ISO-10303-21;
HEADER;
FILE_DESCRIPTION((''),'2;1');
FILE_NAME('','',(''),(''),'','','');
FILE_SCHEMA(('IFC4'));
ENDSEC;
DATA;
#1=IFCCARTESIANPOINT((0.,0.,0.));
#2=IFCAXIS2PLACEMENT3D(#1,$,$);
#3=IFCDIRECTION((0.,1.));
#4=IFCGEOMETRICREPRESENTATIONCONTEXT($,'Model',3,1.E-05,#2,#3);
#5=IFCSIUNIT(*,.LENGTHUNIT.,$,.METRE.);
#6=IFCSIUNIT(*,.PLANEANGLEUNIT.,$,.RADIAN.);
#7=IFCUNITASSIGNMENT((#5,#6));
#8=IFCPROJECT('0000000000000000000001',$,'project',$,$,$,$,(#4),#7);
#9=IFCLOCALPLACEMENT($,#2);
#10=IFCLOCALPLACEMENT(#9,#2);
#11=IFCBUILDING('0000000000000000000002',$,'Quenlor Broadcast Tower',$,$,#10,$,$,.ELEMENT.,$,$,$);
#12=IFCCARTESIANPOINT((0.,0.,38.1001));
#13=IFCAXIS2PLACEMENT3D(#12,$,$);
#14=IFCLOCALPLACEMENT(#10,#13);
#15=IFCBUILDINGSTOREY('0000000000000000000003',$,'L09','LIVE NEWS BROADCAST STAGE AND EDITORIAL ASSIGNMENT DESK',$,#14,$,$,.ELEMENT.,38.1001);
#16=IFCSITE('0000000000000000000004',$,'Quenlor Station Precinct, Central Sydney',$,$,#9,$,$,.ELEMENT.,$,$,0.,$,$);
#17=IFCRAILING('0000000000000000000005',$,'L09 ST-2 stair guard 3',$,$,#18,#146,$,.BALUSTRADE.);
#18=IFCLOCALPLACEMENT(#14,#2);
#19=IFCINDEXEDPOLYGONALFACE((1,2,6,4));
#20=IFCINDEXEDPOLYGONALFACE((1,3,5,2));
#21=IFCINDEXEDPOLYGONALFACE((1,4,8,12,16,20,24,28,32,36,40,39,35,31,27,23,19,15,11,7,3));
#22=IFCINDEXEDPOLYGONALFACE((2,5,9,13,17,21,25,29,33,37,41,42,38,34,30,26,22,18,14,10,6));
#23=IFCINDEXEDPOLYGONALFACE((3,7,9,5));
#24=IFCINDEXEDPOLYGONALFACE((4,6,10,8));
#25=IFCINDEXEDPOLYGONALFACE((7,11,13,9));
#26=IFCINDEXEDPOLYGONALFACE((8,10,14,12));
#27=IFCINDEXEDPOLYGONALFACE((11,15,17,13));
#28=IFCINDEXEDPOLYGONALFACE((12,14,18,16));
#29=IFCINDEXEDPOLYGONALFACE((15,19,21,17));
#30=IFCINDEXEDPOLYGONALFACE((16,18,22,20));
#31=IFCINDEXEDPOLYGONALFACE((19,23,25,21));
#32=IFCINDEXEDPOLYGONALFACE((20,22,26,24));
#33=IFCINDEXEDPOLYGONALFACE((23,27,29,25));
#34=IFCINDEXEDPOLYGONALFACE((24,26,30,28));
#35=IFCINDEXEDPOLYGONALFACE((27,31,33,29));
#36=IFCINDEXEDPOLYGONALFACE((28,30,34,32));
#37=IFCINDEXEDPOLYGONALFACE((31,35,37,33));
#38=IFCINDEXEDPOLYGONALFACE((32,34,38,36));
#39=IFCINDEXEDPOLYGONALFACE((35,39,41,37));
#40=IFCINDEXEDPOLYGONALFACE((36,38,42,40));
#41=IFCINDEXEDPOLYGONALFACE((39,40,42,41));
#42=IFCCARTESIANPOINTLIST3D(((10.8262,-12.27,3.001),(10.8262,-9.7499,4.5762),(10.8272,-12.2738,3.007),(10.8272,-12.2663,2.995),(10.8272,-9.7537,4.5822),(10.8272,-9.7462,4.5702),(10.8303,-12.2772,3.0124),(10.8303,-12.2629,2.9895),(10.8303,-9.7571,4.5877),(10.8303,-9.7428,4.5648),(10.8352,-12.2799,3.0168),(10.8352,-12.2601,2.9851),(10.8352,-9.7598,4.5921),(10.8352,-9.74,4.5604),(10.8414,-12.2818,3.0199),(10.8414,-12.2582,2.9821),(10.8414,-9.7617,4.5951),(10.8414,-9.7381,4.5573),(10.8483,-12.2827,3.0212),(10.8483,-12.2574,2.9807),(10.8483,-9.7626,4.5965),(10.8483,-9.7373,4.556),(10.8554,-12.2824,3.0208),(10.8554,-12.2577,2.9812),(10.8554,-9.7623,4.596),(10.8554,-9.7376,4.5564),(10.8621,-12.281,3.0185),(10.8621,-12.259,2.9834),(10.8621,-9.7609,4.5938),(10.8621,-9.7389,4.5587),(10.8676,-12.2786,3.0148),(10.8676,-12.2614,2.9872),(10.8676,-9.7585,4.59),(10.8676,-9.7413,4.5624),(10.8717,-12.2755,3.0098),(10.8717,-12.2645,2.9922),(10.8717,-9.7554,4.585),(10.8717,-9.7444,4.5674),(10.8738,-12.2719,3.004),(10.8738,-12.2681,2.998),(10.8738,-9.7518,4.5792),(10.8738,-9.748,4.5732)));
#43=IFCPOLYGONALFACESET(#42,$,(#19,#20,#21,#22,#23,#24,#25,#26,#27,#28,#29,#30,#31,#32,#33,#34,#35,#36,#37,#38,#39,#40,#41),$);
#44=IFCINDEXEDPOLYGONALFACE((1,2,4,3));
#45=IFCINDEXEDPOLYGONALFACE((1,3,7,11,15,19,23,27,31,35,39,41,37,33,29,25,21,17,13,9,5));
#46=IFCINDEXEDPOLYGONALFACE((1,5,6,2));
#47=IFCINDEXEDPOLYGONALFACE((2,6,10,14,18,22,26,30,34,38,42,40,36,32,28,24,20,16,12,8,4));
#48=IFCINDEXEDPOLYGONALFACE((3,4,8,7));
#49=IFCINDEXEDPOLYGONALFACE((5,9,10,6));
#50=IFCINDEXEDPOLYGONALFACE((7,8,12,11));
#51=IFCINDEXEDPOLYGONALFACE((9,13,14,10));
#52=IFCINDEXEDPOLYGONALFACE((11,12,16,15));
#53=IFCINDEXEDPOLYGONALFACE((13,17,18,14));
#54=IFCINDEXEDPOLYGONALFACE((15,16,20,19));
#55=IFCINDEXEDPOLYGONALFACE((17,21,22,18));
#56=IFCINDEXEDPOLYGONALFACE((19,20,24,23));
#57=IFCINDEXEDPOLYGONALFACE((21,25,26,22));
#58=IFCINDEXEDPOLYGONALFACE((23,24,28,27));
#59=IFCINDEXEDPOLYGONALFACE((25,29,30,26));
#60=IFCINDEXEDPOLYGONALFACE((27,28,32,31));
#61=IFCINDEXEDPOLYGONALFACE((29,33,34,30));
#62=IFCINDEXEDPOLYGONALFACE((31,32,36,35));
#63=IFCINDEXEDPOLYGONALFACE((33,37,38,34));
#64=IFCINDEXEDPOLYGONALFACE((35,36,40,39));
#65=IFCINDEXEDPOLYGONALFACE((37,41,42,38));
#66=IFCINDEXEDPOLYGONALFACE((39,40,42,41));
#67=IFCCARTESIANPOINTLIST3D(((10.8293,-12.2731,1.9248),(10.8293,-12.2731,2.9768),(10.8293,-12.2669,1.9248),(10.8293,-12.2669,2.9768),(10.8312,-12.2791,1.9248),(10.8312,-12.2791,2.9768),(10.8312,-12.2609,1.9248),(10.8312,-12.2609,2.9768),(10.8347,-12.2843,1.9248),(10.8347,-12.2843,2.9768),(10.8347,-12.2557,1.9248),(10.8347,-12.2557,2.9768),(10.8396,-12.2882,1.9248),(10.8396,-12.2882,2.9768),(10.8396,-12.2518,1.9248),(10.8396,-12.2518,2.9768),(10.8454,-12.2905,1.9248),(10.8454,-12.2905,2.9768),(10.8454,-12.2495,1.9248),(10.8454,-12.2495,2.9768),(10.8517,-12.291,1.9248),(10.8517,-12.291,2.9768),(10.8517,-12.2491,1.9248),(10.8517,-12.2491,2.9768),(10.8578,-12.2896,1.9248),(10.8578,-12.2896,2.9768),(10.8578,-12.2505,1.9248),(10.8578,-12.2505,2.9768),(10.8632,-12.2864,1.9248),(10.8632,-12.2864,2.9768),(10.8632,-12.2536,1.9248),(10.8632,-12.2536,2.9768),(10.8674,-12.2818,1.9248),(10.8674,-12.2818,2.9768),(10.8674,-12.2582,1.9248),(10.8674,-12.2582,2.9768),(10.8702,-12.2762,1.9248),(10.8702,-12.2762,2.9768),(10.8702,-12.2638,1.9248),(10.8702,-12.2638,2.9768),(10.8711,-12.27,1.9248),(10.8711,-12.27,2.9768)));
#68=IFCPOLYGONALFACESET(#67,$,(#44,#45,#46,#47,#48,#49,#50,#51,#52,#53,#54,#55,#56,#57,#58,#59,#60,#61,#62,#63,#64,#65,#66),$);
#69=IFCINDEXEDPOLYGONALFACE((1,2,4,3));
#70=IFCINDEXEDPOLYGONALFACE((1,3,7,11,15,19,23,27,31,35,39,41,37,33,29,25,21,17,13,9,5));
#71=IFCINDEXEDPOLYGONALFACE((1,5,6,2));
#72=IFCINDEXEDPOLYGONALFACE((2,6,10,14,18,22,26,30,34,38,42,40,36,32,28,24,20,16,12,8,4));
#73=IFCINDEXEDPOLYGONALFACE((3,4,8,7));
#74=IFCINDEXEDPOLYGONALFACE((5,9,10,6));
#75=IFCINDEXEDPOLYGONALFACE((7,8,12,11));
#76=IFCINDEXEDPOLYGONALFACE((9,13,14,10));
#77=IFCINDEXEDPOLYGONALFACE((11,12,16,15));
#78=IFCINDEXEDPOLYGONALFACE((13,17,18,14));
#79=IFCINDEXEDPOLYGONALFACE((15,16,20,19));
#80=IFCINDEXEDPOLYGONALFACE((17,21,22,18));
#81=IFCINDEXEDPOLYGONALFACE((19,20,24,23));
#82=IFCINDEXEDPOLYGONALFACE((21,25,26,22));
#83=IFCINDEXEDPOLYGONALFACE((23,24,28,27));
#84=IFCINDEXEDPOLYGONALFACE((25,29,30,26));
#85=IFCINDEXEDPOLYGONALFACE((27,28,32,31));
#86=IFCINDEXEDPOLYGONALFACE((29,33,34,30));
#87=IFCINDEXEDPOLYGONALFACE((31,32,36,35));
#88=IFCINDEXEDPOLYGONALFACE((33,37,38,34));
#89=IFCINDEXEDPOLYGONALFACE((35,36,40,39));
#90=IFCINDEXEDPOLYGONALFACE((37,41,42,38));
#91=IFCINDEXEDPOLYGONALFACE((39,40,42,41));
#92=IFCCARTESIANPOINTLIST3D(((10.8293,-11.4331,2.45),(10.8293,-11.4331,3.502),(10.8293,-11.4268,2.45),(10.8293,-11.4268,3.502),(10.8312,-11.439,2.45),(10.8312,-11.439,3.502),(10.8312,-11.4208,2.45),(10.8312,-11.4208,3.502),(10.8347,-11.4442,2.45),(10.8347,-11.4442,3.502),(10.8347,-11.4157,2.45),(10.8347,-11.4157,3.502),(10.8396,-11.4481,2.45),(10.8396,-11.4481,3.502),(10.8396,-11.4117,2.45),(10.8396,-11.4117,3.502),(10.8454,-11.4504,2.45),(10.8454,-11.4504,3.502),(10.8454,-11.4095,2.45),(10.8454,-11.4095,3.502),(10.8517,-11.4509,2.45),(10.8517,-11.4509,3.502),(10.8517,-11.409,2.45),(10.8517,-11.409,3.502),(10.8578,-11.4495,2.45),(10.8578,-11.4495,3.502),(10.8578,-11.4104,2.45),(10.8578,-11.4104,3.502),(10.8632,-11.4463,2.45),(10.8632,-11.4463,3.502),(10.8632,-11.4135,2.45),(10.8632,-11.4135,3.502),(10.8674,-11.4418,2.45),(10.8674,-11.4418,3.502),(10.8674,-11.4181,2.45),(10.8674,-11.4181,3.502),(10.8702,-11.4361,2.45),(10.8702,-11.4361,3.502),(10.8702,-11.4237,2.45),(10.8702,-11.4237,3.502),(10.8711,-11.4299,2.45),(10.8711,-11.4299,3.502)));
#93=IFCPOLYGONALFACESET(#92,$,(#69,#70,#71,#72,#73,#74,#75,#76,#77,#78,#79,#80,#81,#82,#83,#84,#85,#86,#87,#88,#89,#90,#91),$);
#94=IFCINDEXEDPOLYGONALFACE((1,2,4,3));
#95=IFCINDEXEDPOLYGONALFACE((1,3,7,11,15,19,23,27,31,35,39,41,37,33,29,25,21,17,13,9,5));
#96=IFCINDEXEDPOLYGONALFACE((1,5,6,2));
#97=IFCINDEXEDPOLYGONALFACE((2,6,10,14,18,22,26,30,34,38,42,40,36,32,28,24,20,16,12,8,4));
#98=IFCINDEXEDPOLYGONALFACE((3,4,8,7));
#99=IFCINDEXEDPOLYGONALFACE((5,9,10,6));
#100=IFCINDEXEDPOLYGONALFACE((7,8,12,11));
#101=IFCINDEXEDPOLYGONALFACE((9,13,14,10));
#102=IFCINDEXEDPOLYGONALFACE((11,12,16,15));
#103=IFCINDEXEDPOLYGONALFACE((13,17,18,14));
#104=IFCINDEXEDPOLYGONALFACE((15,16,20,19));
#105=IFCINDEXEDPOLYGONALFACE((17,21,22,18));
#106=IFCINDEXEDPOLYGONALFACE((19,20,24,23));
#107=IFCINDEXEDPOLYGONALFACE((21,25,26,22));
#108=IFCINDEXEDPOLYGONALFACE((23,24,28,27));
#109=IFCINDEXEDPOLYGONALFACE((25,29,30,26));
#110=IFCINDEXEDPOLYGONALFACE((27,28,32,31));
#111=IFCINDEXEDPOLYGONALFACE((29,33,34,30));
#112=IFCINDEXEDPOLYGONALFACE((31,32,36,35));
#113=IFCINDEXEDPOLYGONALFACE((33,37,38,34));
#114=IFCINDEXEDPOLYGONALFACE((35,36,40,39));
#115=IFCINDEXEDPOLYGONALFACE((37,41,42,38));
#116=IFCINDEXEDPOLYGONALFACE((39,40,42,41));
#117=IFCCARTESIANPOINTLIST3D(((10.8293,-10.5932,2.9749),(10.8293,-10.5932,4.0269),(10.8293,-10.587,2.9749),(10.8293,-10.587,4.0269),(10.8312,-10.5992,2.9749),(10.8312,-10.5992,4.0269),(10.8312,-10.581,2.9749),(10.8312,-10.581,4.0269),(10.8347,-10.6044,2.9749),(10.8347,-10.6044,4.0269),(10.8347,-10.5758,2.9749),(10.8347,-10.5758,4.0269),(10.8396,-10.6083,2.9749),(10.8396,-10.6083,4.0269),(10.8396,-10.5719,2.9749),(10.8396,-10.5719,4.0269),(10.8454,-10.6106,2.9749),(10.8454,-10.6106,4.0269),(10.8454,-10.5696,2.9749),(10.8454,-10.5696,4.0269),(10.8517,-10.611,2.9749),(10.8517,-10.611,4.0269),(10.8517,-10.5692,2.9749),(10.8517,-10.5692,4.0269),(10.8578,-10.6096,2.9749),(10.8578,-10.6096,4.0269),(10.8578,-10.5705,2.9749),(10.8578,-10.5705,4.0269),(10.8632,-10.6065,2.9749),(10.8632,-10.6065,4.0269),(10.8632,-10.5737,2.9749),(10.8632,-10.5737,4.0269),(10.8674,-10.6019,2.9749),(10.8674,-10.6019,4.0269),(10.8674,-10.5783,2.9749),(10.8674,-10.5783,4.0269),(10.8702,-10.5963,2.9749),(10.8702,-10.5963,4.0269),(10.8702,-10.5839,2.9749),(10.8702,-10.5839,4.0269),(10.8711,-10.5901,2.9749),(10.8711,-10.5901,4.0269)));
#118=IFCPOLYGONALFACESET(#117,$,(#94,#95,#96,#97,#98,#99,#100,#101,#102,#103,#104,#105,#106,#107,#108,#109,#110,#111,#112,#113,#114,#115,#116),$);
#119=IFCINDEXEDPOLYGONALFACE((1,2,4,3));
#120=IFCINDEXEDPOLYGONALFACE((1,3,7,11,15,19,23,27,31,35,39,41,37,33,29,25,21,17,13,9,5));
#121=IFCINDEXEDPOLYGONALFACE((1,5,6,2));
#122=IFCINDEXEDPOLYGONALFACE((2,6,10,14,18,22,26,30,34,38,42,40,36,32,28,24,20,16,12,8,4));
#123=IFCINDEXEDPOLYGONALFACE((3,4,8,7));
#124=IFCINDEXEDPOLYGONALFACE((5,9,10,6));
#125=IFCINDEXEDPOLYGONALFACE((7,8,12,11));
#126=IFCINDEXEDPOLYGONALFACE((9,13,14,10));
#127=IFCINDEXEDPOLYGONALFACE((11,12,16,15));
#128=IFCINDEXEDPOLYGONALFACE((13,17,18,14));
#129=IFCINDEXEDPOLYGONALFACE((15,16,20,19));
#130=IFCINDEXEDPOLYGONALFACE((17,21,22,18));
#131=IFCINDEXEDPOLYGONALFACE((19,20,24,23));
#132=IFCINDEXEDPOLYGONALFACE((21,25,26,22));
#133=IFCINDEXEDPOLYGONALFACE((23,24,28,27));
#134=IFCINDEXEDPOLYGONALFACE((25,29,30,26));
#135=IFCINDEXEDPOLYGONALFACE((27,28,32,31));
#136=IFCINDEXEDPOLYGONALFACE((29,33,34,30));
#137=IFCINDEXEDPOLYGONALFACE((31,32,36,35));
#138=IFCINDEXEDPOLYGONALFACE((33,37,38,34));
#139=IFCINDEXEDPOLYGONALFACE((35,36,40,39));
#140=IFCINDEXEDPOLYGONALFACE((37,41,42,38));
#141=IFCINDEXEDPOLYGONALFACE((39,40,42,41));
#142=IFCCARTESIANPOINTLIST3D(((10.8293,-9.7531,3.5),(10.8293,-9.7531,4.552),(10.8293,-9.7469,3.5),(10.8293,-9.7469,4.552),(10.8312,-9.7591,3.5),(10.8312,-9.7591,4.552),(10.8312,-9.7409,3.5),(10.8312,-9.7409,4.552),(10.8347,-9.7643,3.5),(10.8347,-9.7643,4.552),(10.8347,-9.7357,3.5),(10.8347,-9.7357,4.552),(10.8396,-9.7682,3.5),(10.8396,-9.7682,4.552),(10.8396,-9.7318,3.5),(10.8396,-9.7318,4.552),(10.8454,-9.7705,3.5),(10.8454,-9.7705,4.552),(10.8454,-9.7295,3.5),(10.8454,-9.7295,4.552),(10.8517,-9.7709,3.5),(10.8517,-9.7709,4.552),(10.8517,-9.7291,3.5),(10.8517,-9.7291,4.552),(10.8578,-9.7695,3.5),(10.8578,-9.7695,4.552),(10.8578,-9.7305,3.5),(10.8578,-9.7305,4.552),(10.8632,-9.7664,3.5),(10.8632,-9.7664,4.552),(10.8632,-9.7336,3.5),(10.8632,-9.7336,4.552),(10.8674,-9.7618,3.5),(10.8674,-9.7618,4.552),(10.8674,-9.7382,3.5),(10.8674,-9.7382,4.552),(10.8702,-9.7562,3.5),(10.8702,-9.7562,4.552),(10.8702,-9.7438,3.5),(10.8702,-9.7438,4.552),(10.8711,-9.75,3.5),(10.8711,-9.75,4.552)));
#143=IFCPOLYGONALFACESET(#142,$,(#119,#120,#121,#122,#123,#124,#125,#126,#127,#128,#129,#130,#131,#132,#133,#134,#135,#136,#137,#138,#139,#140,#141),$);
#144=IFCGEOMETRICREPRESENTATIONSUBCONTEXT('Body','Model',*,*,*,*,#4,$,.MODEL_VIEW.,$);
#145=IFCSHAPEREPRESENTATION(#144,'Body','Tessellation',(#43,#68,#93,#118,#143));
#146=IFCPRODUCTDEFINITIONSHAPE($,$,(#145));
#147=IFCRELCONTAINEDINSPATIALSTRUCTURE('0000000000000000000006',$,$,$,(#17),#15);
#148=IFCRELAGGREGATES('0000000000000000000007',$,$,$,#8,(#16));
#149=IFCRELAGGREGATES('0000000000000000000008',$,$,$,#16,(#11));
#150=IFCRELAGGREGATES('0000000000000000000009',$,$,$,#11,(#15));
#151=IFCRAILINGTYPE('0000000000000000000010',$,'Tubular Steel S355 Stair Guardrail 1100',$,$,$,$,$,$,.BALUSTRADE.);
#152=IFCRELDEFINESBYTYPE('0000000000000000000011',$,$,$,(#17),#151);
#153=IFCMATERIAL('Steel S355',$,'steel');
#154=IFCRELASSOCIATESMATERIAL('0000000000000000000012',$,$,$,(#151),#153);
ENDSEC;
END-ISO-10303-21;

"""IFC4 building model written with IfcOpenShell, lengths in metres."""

from ifc_helpers import new_model, si_unit, direction, frame, origin, origin_2d, place, context, subcontext, project, spatial, circle, extrude, material, type_object, element, save


model = new_model("IFC4")

# Units and contexts
model_context = context("Model", 3, precision=1e-05, world=origin(), true_north=direction((0.0, 1.0)))
body_context = subcontext(model_context, "Body", "Model", "MODEL_VIEW")
ifc_project = project(units=[si_unit("LENGTHUNIT", "METRE"), si_unit("PLANEANGLEUNIT", "RADIAN")], contexts=[model_context])

# Site, building, storey
site_placement = place(None, origin())
site = spatial("IfcSite", under=ifc_project, at=site_placement, Name="Quenlor Station Precinct, Central Sydney", CompositionType="ELEMENT", RefElevation=0.0)
building_placement = place(site_placement, origin())
building = spatial("IfcBuilding", under=site, at=building_placement, Name="Quenlor Broadcast Tower", CompositionType="ELEMENT")
storey_placement = place(building_placement, frame((0.0, 0.0, 38.1001)))
storey = spatial("IfcBuildingStorey", under=building, at=storey_placement, Name="L09", Description="LIVE NEWS BROADCAST STAGE AND EDITORIAL ASSIGNMENT DESK", CompositionType="ELEMENT", Elevation=38.1001)

# Railing
ifc_material_1 = material(Name="Steel S355", Category="steel")
railing_type_1 = type_object("IfcRailingType", Name="Tubular Steel S355 Stair Guardrail 1100", PredefinedType="BALUSTRADE", material=ifc_material_1)
railing_1_placement = place(storey_placement, frame((10.8501, -12.27, 1.9248)))
element("IfcRailing", 1, at=railing_1_placement, inside=storey, type_object=railing_type_1, Name="L09 ST-2 stair guard 3", PredefinedType="BALUSTRADE", context=body_context, shape_type="SweptSolid", body=[
    extrude(circle(Radius=0.0239, at=origin_2d()), frame((0.0, 0.0, 1.0762), z_axis=(0.0, 0.847971, 0.530043), x_axis=(-1.0, 0.0, 0.0)), (0.0, 0.0, 1.0), 2.9719),
    extrude(circle(Radius=0.021, at=origin_2d()), origin(), (0.0, 0.0, 1.0), 1.052),
    extrude(circle(Radius=0.021, at=origin_2d()), frame((0.0, 0.8401, 0.5251)), (0.0, 0.0, 1.0), 1.052),
    extrude(circle(Radius=0.021, at=origin_2d()), frame((0.0, 1.6799, 1.05)), (0.0, 0.0, 1.0), 1.052),
    extrude(circle(Radius=0.021, at=origin_2d()), frame((0.0, 2.52, 1.5752)), (0.0, 0.0, 1.0), 1.052),
])

save(model, "model.ifc")
